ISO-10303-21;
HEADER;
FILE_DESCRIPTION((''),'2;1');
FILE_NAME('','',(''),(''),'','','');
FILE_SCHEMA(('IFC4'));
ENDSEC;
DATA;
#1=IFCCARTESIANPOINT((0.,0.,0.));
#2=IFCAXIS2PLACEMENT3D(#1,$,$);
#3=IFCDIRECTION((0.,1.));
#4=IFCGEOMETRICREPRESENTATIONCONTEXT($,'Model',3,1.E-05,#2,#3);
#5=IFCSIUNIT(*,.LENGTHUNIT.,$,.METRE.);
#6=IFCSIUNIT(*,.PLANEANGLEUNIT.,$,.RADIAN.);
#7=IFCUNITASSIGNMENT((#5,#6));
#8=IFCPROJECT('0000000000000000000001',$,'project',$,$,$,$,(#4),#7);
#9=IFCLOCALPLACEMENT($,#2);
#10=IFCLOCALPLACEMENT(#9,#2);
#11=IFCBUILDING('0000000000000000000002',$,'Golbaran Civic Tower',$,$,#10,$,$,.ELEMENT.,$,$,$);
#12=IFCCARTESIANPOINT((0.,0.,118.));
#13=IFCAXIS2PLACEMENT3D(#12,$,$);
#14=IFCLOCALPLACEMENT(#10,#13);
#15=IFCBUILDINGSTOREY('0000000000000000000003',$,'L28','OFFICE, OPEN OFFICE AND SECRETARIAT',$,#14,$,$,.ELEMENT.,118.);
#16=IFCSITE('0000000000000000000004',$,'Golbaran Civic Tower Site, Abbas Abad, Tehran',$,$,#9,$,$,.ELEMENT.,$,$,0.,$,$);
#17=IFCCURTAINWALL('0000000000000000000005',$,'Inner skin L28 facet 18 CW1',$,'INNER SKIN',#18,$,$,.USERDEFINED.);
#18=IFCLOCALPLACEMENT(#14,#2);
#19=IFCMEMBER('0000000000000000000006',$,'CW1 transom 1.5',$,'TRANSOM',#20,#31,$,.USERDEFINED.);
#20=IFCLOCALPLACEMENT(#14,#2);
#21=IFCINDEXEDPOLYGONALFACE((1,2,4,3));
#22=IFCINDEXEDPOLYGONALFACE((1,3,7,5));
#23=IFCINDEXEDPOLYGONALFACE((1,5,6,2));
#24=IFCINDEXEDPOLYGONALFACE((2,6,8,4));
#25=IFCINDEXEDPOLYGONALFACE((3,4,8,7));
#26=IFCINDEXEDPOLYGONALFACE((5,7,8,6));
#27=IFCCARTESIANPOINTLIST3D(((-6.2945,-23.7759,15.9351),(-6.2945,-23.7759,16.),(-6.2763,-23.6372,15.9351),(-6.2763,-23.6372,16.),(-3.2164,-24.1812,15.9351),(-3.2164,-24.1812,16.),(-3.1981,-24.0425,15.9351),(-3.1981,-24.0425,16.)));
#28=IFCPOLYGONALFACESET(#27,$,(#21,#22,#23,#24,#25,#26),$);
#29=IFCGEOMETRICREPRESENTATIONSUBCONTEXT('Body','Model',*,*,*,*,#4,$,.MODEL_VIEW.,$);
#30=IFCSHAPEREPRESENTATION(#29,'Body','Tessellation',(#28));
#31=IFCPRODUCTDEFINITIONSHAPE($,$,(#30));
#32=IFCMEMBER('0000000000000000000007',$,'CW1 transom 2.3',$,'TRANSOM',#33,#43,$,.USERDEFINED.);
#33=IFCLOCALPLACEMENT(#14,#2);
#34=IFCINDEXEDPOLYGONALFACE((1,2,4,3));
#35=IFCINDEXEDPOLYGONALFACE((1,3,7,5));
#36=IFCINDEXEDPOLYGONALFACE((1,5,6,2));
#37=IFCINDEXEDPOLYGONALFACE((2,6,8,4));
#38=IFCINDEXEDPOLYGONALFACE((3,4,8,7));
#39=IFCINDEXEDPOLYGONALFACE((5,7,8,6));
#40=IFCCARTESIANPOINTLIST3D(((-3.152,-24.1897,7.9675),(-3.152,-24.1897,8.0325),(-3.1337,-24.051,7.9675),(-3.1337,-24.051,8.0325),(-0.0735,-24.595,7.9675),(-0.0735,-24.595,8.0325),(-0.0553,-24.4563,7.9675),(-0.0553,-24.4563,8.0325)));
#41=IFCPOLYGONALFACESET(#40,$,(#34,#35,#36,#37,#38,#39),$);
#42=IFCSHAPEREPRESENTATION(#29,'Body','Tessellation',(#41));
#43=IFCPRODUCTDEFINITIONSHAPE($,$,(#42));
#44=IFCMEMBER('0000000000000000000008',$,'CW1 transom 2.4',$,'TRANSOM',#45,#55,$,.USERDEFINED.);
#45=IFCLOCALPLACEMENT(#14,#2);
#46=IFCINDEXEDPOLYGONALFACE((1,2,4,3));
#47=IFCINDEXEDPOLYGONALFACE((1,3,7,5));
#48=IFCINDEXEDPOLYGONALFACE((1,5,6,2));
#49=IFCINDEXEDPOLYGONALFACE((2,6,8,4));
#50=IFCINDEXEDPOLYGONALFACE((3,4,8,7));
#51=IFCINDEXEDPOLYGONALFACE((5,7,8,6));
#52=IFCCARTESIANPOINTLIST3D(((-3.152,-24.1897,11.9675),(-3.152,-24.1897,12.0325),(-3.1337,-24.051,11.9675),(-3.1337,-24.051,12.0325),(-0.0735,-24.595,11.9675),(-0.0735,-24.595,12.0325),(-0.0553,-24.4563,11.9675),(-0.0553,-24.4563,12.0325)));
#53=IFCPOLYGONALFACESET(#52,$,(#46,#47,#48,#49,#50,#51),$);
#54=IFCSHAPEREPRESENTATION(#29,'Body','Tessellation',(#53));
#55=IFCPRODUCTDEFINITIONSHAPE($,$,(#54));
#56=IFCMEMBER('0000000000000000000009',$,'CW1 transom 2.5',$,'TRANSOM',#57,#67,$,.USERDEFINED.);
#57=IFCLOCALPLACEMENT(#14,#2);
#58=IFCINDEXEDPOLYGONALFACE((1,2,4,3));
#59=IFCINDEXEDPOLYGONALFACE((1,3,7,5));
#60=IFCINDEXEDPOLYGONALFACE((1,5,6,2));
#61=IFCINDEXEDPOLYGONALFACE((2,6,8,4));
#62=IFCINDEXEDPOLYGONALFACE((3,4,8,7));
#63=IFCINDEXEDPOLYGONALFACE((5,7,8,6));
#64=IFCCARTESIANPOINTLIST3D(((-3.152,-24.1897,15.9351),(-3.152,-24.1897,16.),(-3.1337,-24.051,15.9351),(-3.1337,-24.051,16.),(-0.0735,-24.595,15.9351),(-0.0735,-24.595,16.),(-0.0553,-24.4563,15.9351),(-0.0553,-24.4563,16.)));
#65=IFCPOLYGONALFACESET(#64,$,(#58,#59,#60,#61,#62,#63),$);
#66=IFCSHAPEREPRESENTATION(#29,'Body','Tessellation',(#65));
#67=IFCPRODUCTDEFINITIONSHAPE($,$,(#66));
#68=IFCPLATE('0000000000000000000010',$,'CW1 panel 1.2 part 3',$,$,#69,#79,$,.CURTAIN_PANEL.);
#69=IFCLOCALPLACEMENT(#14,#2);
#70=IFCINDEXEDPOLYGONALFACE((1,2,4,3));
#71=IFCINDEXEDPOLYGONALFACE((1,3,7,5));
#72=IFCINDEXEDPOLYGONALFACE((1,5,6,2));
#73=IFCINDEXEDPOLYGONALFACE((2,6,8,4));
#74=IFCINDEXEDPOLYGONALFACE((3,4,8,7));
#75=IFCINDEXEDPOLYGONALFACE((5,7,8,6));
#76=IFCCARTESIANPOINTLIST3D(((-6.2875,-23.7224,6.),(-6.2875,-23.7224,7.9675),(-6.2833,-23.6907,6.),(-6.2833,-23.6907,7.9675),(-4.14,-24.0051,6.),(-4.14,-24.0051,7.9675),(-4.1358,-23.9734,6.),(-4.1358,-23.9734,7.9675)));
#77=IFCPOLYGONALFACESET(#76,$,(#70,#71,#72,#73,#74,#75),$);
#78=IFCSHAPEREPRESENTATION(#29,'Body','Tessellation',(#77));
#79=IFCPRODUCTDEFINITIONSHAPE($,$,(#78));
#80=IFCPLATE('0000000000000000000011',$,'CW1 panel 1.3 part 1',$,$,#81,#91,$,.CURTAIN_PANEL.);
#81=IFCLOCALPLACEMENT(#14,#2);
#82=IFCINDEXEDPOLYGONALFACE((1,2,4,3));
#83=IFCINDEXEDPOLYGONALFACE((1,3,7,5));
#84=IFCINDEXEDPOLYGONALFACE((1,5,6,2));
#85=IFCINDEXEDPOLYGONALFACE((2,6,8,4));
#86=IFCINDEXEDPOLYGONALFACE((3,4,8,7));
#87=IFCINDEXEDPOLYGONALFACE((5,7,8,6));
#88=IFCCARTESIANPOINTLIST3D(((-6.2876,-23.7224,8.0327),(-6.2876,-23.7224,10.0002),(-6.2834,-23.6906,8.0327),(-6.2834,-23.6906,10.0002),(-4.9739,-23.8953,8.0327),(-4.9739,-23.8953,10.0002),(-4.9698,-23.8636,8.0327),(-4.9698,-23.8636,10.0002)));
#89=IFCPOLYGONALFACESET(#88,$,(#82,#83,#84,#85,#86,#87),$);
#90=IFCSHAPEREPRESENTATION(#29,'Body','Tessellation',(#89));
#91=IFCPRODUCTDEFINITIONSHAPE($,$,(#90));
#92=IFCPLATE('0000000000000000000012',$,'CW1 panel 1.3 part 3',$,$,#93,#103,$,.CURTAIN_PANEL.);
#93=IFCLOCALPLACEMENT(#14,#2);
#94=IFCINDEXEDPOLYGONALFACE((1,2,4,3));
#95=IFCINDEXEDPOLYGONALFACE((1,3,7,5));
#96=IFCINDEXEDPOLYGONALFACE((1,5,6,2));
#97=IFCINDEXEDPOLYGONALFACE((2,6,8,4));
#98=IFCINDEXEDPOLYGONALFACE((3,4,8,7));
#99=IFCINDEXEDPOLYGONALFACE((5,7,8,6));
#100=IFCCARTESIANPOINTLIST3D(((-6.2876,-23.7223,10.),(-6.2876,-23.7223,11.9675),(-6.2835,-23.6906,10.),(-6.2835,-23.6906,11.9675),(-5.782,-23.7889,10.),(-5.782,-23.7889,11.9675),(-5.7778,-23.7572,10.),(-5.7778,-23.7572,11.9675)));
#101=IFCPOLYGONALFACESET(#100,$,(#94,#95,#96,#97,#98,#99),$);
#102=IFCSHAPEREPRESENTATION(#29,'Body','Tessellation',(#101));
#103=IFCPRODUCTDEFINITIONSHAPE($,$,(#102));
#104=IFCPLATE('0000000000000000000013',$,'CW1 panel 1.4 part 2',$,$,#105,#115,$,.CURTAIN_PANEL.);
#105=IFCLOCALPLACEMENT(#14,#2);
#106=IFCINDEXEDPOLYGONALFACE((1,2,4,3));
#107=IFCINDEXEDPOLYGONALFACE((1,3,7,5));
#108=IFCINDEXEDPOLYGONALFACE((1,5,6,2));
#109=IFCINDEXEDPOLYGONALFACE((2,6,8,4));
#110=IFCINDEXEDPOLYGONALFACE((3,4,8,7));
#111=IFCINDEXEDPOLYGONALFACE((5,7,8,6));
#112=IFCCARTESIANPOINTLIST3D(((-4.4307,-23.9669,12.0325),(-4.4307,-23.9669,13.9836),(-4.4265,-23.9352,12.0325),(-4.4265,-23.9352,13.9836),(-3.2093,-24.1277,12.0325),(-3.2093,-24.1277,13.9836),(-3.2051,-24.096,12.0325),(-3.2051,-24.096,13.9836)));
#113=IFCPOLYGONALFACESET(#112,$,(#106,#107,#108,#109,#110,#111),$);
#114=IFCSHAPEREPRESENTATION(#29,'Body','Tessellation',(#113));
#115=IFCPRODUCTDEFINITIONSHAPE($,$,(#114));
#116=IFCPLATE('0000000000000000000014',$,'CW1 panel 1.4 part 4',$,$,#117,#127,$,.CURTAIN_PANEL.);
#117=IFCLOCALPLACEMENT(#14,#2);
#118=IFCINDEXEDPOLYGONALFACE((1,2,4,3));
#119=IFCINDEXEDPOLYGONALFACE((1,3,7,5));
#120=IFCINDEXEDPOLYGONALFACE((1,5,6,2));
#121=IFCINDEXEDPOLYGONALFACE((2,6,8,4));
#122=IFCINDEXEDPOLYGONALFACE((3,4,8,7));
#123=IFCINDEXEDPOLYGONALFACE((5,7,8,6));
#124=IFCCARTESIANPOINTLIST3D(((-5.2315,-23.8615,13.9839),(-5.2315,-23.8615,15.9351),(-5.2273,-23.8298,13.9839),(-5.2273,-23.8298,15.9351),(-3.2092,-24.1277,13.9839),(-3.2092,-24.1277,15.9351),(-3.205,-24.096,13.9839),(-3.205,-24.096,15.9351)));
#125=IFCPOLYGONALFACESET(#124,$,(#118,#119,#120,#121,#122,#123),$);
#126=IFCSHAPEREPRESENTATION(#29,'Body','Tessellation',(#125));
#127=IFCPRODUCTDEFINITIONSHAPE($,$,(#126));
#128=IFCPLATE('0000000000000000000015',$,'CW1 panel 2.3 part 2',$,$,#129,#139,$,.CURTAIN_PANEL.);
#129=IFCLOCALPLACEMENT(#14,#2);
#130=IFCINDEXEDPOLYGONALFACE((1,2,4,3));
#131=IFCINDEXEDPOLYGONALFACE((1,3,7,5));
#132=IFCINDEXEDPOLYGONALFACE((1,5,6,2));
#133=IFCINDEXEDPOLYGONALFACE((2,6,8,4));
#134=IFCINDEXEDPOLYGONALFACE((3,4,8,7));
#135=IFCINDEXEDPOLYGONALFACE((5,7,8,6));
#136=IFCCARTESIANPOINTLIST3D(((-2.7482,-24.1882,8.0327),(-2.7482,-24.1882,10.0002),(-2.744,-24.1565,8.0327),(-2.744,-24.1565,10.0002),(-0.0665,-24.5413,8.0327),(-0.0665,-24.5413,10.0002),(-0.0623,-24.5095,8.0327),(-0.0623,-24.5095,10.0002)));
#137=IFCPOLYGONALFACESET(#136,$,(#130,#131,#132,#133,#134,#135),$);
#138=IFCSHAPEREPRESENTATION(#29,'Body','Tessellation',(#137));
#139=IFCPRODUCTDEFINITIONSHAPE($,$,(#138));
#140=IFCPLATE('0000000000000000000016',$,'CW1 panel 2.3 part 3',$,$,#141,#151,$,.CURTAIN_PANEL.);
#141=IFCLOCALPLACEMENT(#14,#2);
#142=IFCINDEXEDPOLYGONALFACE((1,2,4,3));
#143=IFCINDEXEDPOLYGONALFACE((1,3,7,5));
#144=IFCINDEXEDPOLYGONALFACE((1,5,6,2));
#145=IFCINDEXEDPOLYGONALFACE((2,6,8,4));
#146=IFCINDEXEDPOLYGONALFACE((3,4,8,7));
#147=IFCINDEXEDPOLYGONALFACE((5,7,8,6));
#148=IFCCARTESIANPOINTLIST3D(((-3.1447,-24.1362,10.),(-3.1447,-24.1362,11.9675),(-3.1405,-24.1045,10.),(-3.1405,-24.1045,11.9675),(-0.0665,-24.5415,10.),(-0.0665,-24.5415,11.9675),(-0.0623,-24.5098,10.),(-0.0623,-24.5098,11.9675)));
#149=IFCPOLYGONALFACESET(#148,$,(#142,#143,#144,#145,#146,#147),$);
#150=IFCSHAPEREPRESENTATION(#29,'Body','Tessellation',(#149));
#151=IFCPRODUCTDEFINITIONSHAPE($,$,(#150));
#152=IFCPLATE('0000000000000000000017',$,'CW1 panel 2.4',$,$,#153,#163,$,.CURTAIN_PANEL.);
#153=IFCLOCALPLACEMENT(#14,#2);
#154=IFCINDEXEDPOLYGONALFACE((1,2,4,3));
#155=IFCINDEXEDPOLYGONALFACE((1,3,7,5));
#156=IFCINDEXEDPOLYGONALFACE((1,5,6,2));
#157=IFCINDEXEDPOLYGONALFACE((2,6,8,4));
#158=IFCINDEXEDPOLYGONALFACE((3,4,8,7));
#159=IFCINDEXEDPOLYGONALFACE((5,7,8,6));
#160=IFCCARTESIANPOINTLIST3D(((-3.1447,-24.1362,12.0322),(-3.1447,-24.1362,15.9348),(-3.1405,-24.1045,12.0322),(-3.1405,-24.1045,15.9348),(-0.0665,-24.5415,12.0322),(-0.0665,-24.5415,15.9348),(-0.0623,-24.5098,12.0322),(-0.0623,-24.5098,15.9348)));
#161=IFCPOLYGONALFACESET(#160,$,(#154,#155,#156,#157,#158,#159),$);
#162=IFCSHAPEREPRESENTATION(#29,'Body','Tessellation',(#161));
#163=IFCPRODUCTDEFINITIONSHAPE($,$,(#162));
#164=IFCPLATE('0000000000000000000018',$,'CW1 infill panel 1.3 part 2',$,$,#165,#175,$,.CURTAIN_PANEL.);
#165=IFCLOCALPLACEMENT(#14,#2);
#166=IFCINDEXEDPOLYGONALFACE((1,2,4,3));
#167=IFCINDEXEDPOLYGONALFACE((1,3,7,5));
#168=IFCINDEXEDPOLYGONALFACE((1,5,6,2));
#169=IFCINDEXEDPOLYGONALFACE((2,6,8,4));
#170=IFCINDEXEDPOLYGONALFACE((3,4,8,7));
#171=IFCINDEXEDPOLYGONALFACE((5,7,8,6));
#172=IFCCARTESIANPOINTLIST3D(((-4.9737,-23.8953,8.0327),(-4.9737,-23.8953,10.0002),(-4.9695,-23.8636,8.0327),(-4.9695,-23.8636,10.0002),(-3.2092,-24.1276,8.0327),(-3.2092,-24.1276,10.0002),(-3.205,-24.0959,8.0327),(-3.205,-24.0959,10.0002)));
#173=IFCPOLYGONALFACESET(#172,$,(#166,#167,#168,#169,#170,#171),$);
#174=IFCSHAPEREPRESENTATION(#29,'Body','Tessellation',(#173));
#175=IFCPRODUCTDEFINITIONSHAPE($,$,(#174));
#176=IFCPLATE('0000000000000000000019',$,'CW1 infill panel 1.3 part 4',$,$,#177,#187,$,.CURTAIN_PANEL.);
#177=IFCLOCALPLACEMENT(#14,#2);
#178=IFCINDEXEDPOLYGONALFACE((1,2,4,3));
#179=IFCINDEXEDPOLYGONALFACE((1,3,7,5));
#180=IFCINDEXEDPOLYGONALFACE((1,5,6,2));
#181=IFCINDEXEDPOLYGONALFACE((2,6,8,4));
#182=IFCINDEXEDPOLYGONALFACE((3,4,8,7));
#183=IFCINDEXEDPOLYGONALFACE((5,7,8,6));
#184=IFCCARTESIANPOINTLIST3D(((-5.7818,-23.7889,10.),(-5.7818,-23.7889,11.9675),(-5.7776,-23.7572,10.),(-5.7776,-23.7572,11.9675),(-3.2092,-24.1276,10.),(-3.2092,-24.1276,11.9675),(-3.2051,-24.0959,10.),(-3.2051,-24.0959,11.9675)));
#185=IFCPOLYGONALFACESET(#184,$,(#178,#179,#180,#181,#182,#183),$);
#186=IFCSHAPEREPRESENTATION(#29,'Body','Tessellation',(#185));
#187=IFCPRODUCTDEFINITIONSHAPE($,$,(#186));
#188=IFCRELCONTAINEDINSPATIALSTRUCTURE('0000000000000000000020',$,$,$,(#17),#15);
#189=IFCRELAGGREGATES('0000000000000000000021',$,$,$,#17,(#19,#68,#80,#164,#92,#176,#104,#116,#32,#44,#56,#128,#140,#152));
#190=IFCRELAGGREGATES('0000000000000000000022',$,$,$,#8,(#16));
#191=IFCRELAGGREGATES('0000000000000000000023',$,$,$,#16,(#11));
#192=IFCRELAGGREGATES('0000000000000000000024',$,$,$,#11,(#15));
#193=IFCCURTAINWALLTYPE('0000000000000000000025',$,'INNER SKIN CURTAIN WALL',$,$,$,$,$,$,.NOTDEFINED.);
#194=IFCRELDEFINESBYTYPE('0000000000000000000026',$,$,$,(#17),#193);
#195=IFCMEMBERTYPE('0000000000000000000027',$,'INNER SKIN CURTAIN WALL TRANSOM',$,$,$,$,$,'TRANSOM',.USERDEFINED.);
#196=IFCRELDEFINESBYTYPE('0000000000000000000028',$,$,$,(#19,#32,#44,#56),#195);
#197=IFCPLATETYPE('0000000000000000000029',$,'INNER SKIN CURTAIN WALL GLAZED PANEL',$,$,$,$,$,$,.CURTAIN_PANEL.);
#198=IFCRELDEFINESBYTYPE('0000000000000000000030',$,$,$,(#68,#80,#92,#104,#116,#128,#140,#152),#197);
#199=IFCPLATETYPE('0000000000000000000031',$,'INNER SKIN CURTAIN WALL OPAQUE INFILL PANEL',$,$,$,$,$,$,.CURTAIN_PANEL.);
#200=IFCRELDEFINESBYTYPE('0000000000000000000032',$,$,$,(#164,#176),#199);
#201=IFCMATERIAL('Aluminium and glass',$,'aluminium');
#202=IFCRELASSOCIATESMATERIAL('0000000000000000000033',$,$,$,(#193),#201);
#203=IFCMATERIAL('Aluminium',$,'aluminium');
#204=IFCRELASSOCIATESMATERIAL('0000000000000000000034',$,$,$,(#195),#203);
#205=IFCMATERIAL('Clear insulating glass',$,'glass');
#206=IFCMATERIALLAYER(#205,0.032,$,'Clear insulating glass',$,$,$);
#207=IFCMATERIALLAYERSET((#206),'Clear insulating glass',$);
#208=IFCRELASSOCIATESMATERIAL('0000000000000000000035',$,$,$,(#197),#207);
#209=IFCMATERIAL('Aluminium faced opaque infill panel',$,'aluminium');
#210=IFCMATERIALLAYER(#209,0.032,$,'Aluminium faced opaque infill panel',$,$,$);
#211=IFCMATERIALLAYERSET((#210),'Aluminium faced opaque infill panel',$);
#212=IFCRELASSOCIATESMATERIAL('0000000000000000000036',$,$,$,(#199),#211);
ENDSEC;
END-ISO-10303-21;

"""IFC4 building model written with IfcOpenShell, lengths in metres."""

from ifc_helpers import new_model, si_unit, direction, frame, origin, origin_2d, place, context, subcontext, project, spatial, rectangle, extrude, material, layer, layer_set, material_profile, profile_set, type_object, element, aggregate, save


model = new_model("IFC4")

# Units and contexts
model_context = context("Model", 3, precision=1e-05, world=origin(), true_north=direction((0.0, 1.0)))
body_context = subcontext(model_context, "Body", "Model", "MODEL_VIEW")
ifc_project = project(units=[si_unit("LENGTHUNIT", "METRE"), si_unit("PLANEANGLEUNIT", "RADIAN")], contexts=[model_context])

# Site, building, storey
site_placement = place(None, origin())
site = spatial("IfcSite", under=ifc_project, at=site_placement, Name="Golbaran Civic Tower Site, Abbas Abad, Tehran", CompositionType="ELEMENT", RefElevation=0.0)
building_placement = place(site_placement, origin())
building = spatial("IfcBuilding", under=site, at=building_placement, Name="Golbaran Civic Tower", CompositionType="ELEMENT")
storey_placement = place(building_placement, frame((0.0, 0.0, 118.0)))
storey = spatial("IfcBuildingStorey", under=building, at=storey_placement, Name="L28", Description="OFFICE, OPEN OFFICE AND SECRETARIAT", CompositionType="ELEMENT", Elevation=118.0)

# Curtain wall, members, plates
ifc_material_1 = material(Name="Aluminium and glass", Category="aluminium")
curtain_wall_type_1 = type_object("IfcCurtainWallType", Name="INNER SKIN CURTAIN WALL", PredefinedType="NOTDEFINED", material=ifc_material_1)
curtain_wall_1_placement = place(storey_placement, origin())
curtain_wall_1 = element("IfcCurtainWall", 1, at=curtain_wall_1_placement, inside=storey, type_object=curtain_wall_type_1, Name="Inner skin L28 facet 18 CW1", ObjectType="INNER SKIN", PredefinedType="USERDEFINED")
ifc_material_2 = material(Name="Aluminium", Category="aluminium")
ifc_material_profile = material_profile(ifc_material_2, rectangle(XDim=0.1399, YDim=0.0649, at=origin_2d()), Name="INNER SKIN CURTAIN WALL TRANSOM")
ifc_profile_set = profile_set([ifc_material_profile], Name="Aluminium")
member_type = type_object("IfcMemberType", Name="INNER SKIN CURTAIN WALL TRANSOM", ElementType="TRANSOM", PredefinedType="USERDEFINED", material=ifc_profile_set)
member_1_placement = place(storey_placement, frame((-6.2854, -23.7065, 15.9675), z_axis=(0.991444, -0.130536, 0.0), x_axis=(0.130536, 0.991444, 0.0)))
member_1 = element("IfcMember", 2, at=member_1_placement, type_object=member_type, Name="CW1 transom 1.5", ObjectType="TRANSOM", PredefinedType="USERDEFINED", context=body_context, shape_type="SweptSolid", body=[
    extrude(rectangle(XDim=0.1399, YDim=0.0649, at=origin_2d()), origin(), (0.0, 0.0, 1.0), 3.1047),
])
member_2_placement = place(storey_placement, frame((-3.1428, -24.1204, 8.0), z_axis=(0.991445, -0.130526, 0.0), x_axis=(0.130526, 0.991445, 0.0)))
member_2 = element("IfcMember", 3, at=member_2_placement, type_object=member_type, Name="CW1 transom 2.3", ObjectType="TRANSOM", PredefinedType="USERDEFINED", context=body_context, shape_type="SweptSolid", body=[
    extrude(rectangle(XDim=0.1399, YDim=0.0649, at=origin_2d()), origin(), (0.0, 0.0, 1.0), 3.105),
])
member_3_placement = place(storey_placement, frame((-3.1428, -24.1204, 12.0), z_axis=(0.991445, -0.130526, 0.0), x_axis=(0.130526, 0.991445, 0.0)))
member_3 = element("IfcMember", 4, at=member_3_placement, type_object=member_type, Name="CW1 transom 2.4", ObjectType="TRANSOM", PredefinedType="USERDEFINED", context=body_context, shape_type="SweptSolid", body=[
    extrude(rectangle(XDim=0.1399, YDim=0.0649, at=origin_2d()), origin(), (0.0, 0.0, 1.0), 3.105),
])
member_4_placement = place(storey_placement, frame((-3.1428, -24.1204, 15.9675), z_axis=(0.991445, -0.130526, 0.0), x_axis=(0.130526, 0.991445, 0.0)))
member_4 = element("IfcMember", 5, at=member_4_placement, type_object=member_type, Name="CW1 transom 2.5", ObjectType="TRANSOM", PredefinedType="USERDEFINED", context=body_context, shape_type="SweptSolid", body=[
    extrude(rectangle(XDim=0.1399, YDim=0.0649, at=origin_2d()), origin(), (0.0, 0.0, 1.0), 3.105),
])
ifc_material_3 = material(Name="Clear insulating glass", Category="glass")
ifc_layer_1 = layer(ifc_material_3, 0.032, Name="Clear insulating glass")
ifc_layer_set_1 = layer_set([ifc_layer_1], Name="Clear insulating glass")
plate_type_1 = type_object("IfcPlateType", Name="INNER SKIN CURTAIN WALL GLAZED PANEL", PredefinedType="CURTAIN_PANEL", material=ifc_layer_set_1)
plate_1_placement = place(storey_placement, frame((-5.2117, -23.8479, 6.0), z_axis=(0.0, 0.0, 1.0), x_axis=(0.991445, -0.130526, 0.0)))
plate_1 = element("IfcPlate", 6, at=plate_1_placement, type_object=plate_type_1, Name="CW1 panel 1.2 part 3", PredefinedType="CURTAIN_PANEL", context=body_context, shape_type="SweptSolid", body=[
    extrude(rectangle(XDim=2.166, YDim=0.032, at=origin_2d()), origin(), (0.0, 0.0, 1.0), 1.9675),
])
plate_2_placement = place(storey_placement, frame((-5.6287, -23.793, 8.0327), z_axis=(0.0, 0.0, 1.0), x_axis=(0.991445, -0.130526, 0.0)))
plate_2 = element("IfcPlate", 7, at=plate_2_placement, type_object=plate_type_1, Name="CW1 panel 1.3 part 1", PredefinedType="CURTAIN_PANEL", context=body_context, shape_type="SweptSolid", body=[
    extrude(rectangle(XDim=1.325, YDim=0.032, at=origin_2d()), origin(), (0.0, 0.0, 1.0), 1.9675),
])
plate_3_placement = place(storey_placement, frame((-6.0327, -23.7397, 10.0), z_axis=(0.0, 0.0, 1.0), x_axis=(0.991445, -0.130526, 0.0)))
plate_3 = element("IfcPlate", 8, at=plate_3_placement, type_object=plate_type_1, Name="CW1 panel 1.3 part 3", PredefinedType="CURTAIN_PANEL", context=body_context, shape_type="SweptSolid", body=[
    extrude(rectangle(XDim=0.51, YDim=0.032, at=origin_2d()), origin(), (0.0, 0.0, 1.0), 1.9675),
])
plate_4_placement = place(storey_placement, frame((-3.8179, -24.0315, 12.0325), z_axis=(0.0, 0.0, 1.0), x_axis=(0.991445, -0.130526, 0.0)))
plate_4 = element("IfcPlate", 9, at=plate_4_placement, type_object=plate_type_1, Name="CW1 panel 1.4 part 2", PredefinedType="CURTAIN_PANEL", context=body_context, shape_type="SweptSolid", body=[
    extrude(rectangle(XDim=1.2319, YDim=0.032, at=origin_2d()), origin(), (0.0, 0.0, 1.0), 1.9512),
])
plate_5_placement = place(storey_placement, frame((-4.2183, -23.9788, 13.9839), z_axis=(0.0, 0.0, 1.0), x_axis=(0.991445, -0.130526, 0.0)))
plate_5 = element("IfcPlate", 10, at=plate_5_placement, type_object=plate_type_1, Name="CW1 panel 1.4 part 4", PredefinedType="CURTAIN_PANEL", context=body_context, shape_type="SweptSolid", body=[
    extrude(rectangle(XDim=2.0398, YDim=0.032, at=origin_2d()), origin(), (0.0, 0.0, 1.0), 1.9512),
])
plate_6_placement = place(storey_placement, frame((-1.4053, -24.3489, 8.0327), z_axis=(0.0, 0.0, 1.0), x_axis=(0.991445, -0.130526, 0.0)))
plate_6 = element("IfcPlate", 11, at=plate_6_placement, type_object=plate_type_1, Name="CW1 panel 2.3 part 2", PredefinedType="CURTAIN_PANEL", context=body_context, shape_type="SweptSolid", body=[
    extrude(rectangle(XDim=2.7048, YDim=0.032, at=origin_2d()), origin(), (0.0, 0.0, 1.0), 1.9675),
])
plate_7_placement = place(storey_placement, frame((-1.6035, -24.323, 10.0), z_axis=(0.0, 0.0, 1.0), x_axis=(0.991445, -0.130526, 0.0)))
plate_7 = element("IfcPlate", 12, at=plate_7_placement, type_object=plate_type_1, Name="CW1 panel 2.3 part 3", PredefinedType="CURTAIN_PANEL", context=body_context, shape_type="SweptSolid", body=[
    extrude(rectangle(XDim=3.1047, YDim=0.032, at=origin_2d()), origin(), (0.0, 0.0, 1.0), 1.9675),
])
plate_8_placement = place(storey_placement, frame((-1.6035, -24.323, 12.0322), z_axis=(0.0, 0.0, 1.0), x_axis=(0.991445, -0.130526, 0.0)))
plate_8 = element("IfcPlate", 13, at=plate_8_placement, type_object=plate_type_1, Name="CW1 panel 2.4", PredefinedType="CURTAIN_PANEL", context=body_context, shape_type="SweptSolid", body=[
    extrude(rectangle(XDim=3.1047, YDim=0.032, at=origin_2d()), origin(), (0.0, 0.0, 1.0), 3.9026),
])
ifc_material_4 = material(Name="Aluminium faced opaque infill panel", Category="aluminium")
ifc_layer_2 = layer(ifc_material_4, 0.032, Name="Aluminium faced opaque infill panel")
ifc_layer_set_2 = layer_set([ifc_layer_2], Name="Aluminium faced opaque infill panel")
plate_type_2 = type_object("IfcPlateType", Name="INNER SKIN CURTAIN WALL OPAQUE INFILL PANEL", PredefinedType="CURTAIN_PANEL", material=ifc_layer_set_2)
plate_9_placement = place(storey_placement, frame((-4.0894, -23.9956, 8.0327), z_axis=(0.0, 0.0, 1.0), x_axis=(0.991445, -0.130526, 0.0)))
plate_9 = element("IfcPlate", 14, at=plate_9_placement, type_object=plate_type_2, Name="CW1 infill panel 1.3 part 2", PredefinedType="CURTAIN_PANEL", context=body_context, shape_type="SweptSolid", body=[
    extrude(rectangle(XDim=1.7798, YDim=0.032, at=origin_2d()), origin(), (0.0, 0.0, 1.0), 1.9675),
])
plate_10_placement = place(storey_placement, frame((-4.4934, -23.9424, 10.0), z_axis=(0.0, 0.0, 1.0), x_axis=(0.991445, -0.130526, 0.0)))
plate_10 = element("IfcPlate", 15, at=plate_10_placement, type_object=plate_type_2, Name="CW1 infill panel 1.3 part 4", PredefinedType="CURTAIN_PANEL", context=body_context, shape_type="SweptSolid", body=[
    extrude(rectangle(XDim=2.5947, YDim=0.032, at=origin_2d()), origin(), (0.0, 0.0, 1.0), 1.9675),
])
aggregate(curtain_wall_1, [member_1, plate_1, plate_2, plate_9, plate_3, plate_10, plate_4, plate_5, member_2, member_3, member_4, plate_6, plate_7, plate_8])

save(model, "model.ifc")
